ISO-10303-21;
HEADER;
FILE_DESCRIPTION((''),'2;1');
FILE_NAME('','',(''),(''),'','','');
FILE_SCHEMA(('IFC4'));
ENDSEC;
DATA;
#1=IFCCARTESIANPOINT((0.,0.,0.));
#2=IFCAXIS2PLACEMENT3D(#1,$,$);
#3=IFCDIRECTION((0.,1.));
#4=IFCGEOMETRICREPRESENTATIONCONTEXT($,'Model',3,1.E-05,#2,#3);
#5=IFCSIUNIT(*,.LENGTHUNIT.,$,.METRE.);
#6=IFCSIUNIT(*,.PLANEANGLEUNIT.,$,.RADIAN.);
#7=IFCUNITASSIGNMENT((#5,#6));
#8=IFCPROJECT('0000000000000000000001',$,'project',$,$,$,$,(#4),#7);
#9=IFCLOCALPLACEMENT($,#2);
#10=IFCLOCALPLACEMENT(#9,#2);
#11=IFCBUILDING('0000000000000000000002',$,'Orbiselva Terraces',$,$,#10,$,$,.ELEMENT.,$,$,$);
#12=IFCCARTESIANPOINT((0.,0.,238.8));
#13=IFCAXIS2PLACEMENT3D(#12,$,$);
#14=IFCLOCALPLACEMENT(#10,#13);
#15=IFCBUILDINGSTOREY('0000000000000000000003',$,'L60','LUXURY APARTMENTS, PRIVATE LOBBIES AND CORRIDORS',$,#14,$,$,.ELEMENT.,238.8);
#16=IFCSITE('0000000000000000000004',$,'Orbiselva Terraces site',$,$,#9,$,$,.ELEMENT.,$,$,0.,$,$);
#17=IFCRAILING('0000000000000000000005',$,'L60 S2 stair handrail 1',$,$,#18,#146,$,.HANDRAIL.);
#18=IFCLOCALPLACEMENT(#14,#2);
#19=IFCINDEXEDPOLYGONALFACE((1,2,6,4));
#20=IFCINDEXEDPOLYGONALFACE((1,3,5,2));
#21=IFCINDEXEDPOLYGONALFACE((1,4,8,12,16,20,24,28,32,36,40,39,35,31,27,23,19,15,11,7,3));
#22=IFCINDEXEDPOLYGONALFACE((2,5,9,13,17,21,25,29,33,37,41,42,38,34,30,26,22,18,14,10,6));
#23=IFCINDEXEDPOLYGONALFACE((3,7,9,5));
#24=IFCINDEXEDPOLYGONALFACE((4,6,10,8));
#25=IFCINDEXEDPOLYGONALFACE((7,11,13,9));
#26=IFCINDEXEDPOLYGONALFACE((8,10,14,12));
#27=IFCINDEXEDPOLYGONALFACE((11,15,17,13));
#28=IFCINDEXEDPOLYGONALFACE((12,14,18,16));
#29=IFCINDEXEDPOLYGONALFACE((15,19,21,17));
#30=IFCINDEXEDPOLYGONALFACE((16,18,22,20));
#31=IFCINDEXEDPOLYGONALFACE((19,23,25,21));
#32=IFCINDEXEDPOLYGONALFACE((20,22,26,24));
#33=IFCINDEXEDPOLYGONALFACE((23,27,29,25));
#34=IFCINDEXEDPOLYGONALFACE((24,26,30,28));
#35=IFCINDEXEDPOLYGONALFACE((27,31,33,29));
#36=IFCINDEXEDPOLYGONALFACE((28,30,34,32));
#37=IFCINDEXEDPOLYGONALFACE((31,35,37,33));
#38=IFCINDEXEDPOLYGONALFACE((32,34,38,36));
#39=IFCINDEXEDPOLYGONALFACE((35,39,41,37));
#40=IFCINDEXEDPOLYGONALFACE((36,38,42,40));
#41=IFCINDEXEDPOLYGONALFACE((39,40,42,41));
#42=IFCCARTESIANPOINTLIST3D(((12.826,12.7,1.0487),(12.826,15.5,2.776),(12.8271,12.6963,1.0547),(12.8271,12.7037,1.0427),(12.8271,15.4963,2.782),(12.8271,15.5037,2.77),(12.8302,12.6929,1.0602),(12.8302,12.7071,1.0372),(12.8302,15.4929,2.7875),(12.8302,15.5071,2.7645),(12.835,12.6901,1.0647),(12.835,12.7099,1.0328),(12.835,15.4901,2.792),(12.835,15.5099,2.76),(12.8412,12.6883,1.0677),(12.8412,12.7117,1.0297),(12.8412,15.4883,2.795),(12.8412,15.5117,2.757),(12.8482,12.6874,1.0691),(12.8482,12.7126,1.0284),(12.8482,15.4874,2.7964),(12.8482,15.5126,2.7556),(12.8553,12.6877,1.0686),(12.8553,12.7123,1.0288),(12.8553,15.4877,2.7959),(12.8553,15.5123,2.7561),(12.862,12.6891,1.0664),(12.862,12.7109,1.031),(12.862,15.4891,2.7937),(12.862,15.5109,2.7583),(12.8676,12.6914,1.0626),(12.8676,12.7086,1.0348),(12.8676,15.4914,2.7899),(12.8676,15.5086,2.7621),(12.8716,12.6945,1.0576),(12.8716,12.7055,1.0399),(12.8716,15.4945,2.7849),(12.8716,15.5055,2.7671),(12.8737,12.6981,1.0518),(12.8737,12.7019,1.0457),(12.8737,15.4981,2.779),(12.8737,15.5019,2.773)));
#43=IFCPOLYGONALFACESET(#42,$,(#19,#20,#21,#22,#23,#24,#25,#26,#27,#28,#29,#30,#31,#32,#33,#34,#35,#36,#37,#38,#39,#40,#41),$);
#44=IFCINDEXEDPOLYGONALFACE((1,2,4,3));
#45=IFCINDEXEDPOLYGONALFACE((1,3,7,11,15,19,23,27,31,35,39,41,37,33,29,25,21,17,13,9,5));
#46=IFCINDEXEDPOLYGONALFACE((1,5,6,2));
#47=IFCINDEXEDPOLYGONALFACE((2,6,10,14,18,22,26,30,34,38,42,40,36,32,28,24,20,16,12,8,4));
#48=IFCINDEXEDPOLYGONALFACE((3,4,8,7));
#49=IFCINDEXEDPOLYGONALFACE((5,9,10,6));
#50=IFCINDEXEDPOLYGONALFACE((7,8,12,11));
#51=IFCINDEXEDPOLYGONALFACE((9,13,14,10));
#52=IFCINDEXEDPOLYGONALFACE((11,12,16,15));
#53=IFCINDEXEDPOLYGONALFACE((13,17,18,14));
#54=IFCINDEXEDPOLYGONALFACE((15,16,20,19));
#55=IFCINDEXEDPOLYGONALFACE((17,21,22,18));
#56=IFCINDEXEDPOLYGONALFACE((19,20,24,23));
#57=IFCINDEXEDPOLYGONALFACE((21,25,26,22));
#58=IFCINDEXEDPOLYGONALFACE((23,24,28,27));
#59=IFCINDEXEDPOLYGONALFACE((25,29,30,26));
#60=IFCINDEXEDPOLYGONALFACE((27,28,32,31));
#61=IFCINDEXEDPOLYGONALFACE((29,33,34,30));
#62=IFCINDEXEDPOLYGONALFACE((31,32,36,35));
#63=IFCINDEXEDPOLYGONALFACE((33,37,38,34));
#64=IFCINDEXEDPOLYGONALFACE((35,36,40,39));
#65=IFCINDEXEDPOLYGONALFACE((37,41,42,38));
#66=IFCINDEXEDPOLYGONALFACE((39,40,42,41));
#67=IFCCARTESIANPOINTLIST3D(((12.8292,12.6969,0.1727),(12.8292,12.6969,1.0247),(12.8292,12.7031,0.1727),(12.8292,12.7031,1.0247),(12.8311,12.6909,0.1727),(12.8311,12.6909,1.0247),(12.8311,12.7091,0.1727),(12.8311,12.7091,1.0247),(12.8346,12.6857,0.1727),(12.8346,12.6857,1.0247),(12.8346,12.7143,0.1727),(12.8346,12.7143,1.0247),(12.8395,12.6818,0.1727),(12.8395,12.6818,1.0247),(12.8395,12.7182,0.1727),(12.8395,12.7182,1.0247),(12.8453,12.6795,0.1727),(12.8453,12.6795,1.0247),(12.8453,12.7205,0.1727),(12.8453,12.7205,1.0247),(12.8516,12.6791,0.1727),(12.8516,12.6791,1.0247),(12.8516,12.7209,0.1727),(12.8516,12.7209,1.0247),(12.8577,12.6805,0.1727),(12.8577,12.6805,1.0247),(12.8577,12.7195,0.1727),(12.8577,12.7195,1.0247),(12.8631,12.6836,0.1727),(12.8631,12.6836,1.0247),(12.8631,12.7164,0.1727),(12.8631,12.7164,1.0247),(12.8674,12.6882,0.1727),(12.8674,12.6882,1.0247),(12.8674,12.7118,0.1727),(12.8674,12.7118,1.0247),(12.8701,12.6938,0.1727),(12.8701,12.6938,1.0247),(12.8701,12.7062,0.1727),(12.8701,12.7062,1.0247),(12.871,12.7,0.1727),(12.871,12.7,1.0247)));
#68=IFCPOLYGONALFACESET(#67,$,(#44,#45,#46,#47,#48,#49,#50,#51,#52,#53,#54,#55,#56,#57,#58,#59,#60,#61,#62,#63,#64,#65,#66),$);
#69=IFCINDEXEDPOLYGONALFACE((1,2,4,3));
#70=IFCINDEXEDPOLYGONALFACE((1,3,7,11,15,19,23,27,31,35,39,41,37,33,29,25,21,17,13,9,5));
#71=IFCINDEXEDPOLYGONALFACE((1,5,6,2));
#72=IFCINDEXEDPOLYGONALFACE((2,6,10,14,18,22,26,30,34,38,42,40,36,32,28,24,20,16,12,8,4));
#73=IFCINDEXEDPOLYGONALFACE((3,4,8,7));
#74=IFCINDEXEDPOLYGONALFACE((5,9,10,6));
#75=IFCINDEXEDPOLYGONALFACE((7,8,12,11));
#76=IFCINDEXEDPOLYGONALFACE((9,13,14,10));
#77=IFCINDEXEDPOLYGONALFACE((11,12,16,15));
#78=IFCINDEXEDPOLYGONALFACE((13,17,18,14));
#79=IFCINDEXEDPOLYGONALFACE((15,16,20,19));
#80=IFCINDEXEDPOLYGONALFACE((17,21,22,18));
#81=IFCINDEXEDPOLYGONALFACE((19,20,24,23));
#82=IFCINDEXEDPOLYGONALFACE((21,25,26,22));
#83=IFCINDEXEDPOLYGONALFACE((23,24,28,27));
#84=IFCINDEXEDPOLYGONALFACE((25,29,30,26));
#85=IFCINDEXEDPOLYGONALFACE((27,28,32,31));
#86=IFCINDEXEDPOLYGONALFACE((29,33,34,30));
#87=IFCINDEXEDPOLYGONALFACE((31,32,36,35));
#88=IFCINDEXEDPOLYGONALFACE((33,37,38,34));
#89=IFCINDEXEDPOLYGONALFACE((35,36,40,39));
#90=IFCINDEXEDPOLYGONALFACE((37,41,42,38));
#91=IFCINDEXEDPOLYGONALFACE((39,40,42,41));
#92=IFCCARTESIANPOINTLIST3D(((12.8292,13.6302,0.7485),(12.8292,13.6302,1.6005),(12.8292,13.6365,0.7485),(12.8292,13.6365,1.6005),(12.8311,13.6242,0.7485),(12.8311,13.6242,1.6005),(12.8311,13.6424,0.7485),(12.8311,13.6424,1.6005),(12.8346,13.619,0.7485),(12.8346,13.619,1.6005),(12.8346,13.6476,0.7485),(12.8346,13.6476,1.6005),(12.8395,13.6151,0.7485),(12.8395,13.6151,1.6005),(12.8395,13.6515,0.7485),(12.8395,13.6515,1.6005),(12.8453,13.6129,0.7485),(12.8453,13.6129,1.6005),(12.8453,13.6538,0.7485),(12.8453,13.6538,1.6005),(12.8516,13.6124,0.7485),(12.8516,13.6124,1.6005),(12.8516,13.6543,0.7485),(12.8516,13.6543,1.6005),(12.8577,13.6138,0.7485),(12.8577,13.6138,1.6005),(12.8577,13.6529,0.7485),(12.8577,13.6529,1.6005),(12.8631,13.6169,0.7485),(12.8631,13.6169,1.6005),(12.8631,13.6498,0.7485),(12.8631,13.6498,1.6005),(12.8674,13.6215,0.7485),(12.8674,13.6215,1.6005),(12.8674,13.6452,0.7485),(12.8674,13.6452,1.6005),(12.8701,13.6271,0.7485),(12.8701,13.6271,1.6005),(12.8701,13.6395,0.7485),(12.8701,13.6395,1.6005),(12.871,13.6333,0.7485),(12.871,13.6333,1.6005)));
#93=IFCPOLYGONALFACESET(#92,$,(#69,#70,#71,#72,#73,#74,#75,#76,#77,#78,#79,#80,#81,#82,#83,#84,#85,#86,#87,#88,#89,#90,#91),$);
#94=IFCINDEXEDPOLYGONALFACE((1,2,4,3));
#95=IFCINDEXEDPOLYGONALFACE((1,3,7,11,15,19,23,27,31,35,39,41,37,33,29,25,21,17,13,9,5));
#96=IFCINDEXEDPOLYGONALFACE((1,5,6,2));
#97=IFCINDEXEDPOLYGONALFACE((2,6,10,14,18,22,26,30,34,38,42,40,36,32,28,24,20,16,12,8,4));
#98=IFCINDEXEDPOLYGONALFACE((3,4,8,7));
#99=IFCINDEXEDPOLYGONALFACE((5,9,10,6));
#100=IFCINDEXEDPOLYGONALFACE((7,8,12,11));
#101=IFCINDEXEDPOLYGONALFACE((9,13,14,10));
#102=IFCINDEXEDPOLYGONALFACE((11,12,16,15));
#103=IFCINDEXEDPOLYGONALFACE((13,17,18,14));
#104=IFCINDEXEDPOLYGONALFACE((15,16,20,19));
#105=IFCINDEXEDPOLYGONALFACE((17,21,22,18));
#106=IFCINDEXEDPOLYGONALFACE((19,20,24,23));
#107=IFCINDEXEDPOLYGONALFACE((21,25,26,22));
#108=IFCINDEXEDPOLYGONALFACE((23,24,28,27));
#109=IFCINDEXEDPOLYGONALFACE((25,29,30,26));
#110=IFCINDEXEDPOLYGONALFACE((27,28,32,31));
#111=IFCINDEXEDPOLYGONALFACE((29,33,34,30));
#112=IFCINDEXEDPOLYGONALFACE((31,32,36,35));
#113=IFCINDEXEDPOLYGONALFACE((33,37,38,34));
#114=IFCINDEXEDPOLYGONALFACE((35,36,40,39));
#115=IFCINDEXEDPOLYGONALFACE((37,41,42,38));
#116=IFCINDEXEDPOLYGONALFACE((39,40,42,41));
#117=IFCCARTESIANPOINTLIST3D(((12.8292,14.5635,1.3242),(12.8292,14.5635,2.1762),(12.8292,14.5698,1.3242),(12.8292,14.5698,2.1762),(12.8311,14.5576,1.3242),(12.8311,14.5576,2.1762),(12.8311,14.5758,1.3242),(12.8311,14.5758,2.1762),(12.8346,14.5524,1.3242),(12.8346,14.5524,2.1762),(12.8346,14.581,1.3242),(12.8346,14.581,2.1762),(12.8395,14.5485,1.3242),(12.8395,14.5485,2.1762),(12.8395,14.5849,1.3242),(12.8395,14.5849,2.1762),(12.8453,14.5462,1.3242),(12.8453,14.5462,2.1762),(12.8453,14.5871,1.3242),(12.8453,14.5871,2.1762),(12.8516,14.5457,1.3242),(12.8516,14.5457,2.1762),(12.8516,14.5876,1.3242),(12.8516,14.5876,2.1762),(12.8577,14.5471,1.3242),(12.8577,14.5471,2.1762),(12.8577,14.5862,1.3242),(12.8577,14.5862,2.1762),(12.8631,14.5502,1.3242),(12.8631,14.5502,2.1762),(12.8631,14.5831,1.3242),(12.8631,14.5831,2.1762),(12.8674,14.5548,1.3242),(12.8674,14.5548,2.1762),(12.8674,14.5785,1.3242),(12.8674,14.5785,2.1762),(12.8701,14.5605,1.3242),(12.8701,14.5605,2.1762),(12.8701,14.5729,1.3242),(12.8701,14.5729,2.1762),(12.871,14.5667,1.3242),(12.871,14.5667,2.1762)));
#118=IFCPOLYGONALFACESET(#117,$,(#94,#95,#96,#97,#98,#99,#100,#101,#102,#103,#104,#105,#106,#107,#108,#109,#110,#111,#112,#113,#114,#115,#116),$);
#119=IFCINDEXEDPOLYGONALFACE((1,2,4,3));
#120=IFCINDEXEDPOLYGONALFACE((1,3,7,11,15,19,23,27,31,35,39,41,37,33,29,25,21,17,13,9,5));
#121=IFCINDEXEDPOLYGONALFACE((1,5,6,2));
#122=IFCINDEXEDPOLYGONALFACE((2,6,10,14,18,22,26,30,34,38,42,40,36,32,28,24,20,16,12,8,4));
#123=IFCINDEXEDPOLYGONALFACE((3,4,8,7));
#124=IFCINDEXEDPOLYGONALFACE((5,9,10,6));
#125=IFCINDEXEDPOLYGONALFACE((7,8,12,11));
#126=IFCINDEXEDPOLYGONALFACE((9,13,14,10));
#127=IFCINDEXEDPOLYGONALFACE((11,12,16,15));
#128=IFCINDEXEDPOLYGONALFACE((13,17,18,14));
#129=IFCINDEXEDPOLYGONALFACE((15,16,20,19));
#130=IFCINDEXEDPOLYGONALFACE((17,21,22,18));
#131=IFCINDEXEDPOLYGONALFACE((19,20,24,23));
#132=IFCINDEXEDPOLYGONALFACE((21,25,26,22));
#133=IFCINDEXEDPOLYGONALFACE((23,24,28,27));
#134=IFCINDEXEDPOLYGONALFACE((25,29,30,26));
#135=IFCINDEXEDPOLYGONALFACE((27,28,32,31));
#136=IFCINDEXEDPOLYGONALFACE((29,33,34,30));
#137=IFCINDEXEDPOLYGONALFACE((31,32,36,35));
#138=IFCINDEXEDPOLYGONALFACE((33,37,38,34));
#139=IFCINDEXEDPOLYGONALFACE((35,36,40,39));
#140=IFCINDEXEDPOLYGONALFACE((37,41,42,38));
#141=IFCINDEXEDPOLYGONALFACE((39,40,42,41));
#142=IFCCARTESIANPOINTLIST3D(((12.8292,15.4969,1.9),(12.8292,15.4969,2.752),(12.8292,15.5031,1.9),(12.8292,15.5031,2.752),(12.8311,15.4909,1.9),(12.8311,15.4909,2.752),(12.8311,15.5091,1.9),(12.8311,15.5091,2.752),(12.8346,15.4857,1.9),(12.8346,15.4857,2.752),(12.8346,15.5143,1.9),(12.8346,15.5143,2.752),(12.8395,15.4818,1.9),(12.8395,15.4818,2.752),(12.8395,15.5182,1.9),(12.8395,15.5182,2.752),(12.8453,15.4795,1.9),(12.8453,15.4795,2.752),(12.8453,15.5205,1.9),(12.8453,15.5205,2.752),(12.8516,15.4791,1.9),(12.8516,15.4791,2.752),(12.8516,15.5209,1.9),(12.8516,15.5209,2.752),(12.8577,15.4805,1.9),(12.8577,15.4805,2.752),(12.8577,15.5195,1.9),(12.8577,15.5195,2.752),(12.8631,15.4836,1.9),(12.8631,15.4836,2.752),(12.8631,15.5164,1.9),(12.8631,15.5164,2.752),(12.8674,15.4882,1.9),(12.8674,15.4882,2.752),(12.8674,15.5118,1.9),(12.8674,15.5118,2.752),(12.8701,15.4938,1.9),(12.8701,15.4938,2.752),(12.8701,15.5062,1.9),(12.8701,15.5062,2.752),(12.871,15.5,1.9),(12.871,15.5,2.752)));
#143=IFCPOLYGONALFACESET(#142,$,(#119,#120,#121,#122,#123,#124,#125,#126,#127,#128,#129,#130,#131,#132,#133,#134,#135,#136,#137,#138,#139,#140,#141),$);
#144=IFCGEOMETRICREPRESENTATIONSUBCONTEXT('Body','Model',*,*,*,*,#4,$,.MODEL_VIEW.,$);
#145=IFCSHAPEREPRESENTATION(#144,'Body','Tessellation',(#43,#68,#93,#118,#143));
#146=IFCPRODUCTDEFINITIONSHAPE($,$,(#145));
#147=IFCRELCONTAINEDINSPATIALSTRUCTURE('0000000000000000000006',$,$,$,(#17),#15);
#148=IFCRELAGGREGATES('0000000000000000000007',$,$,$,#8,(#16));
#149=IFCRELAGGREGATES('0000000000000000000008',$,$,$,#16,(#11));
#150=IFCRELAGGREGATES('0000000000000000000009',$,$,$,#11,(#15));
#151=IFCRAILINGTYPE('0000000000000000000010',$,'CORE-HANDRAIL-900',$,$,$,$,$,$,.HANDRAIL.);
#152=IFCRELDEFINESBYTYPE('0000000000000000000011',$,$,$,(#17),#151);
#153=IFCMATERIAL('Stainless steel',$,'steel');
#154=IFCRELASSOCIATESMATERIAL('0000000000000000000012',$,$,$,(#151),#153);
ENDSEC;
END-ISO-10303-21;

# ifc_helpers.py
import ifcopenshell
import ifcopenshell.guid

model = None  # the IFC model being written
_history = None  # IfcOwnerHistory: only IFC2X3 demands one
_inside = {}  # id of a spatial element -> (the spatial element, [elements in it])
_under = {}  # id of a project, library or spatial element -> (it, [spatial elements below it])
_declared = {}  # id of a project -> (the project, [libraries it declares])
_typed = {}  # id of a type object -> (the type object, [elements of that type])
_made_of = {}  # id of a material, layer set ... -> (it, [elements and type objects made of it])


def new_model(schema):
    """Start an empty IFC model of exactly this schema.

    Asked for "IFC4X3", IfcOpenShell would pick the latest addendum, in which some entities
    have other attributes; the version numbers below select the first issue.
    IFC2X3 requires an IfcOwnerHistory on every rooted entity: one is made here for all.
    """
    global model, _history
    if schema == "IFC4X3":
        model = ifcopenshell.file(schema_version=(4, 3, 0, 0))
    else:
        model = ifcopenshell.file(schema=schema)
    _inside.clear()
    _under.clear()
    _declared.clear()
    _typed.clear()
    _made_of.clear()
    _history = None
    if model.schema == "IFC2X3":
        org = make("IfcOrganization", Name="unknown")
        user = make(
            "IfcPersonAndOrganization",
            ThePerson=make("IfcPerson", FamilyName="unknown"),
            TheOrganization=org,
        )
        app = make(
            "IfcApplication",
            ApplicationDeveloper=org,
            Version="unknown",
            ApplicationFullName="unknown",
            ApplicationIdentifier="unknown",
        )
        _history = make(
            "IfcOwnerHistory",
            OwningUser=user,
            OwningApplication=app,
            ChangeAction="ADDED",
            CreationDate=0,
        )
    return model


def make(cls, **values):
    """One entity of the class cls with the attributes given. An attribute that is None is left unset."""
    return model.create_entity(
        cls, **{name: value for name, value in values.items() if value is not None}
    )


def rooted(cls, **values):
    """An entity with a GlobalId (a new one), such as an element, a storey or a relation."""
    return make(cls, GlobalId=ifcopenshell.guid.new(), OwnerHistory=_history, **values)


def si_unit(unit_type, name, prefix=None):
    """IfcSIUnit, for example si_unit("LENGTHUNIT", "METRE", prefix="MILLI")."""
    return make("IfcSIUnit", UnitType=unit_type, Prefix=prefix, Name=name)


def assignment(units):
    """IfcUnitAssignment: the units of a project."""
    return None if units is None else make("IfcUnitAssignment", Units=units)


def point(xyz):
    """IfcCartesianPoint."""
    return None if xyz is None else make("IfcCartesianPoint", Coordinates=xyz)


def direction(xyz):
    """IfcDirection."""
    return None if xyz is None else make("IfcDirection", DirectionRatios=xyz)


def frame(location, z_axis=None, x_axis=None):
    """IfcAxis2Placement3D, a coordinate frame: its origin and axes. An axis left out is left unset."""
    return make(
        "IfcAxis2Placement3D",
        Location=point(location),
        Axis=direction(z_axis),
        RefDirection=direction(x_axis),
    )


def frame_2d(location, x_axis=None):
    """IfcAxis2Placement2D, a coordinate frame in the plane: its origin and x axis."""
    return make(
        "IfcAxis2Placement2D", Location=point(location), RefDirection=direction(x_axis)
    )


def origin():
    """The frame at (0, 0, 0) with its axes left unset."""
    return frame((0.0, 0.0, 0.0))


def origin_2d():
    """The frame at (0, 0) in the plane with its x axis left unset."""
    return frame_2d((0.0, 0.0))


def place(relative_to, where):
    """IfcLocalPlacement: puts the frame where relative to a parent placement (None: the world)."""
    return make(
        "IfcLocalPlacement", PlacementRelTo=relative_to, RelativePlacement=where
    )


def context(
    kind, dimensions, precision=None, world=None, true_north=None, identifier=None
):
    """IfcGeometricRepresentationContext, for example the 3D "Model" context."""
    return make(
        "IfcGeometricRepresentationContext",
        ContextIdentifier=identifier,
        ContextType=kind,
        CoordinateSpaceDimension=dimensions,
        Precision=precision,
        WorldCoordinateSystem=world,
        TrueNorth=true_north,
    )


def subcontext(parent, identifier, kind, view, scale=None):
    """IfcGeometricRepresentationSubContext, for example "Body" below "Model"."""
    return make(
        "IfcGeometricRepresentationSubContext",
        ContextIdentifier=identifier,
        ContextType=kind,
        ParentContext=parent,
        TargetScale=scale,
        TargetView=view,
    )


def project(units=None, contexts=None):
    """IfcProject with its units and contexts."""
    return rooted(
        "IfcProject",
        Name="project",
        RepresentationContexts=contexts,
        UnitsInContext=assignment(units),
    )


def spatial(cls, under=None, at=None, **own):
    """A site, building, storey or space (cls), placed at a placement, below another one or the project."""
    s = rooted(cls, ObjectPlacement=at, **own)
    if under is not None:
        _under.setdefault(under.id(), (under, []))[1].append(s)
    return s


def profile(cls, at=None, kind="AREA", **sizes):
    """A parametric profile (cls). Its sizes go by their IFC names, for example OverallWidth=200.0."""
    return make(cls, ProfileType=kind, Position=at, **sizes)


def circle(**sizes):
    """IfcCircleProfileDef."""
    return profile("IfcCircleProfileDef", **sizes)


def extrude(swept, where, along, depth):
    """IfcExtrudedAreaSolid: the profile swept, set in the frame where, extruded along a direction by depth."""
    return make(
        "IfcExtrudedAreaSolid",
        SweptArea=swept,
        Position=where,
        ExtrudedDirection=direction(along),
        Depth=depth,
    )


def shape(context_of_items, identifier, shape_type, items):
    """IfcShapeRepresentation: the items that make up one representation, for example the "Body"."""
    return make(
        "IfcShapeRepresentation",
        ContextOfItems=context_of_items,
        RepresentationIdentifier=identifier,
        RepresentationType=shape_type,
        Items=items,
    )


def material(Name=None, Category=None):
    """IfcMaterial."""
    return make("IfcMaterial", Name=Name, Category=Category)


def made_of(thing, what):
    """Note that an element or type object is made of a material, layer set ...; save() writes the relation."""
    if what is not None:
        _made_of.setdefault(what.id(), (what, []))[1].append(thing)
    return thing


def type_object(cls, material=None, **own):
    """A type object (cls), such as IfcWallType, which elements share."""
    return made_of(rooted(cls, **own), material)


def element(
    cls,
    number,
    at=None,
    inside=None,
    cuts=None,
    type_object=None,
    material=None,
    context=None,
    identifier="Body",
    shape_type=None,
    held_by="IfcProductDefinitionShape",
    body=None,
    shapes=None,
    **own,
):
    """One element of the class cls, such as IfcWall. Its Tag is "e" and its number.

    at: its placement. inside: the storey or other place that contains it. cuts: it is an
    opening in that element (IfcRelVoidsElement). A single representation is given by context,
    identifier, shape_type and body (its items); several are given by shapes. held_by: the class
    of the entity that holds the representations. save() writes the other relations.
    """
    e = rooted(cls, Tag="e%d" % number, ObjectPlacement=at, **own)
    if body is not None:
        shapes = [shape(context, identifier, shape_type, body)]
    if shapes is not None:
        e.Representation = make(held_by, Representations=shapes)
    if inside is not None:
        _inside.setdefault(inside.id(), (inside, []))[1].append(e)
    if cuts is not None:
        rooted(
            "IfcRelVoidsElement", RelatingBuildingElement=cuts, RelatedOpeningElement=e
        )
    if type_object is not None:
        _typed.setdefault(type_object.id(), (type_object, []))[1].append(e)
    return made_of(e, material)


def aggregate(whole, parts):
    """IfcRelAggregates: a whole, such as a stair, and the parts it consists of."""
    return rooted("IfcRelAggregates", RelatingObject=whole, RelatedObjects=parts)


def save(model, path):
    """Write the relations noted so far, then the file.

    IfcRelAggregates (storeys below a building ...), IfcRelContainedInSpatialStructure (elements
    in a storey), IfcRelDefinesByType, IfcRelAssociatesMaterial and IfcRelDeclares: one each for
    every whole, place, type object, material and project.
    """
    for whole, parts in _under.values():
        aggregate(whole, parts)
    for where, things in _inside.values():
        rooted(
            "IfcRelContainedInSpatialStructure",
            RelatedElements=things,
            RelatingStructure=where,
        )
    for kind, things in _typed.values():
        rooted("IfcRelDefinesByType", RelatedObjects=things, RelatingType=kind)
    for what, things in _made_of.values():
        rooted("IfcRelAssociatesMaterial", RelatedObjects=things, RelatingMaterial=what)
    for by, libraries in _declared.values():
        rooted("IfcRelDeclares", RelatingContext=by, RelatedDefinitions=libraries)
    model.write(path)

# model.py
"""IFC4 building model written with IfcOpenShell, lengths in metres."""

from ifc_helpers import new_model, si_unit, direction, frame, origin, origin_2d, place, context, subcontext, project, spatial, circle, extrude, material, type_object, element, save


model = new_model("IFC4")

# Units and contexts
model_context = context("Model", 3, precision=1e-05, world=origin(), true_north=direction((0.0, 1.0)))
body_context = subcontext(model_context, "Body", "Model", "MODEL_VIEW")
ifc_project = project(units=[si_unit("LENGTHUNIT", "METRE"), si_unit("PLANEANGLEUNIT", "RADIAN")], contexts=[model_context])

# Site, building, storey
site_placement = place(None, origin())
site = spatial("IfcSite", under=ifc_project, at=site_placement, Name="Orbiselva Terraces site", CompositionType="ELEMENT", RefElevation=0.0)
building_placement = place(site_placement, origin())
building = spatial("IfcBuilding", under=site, at=building_placement, Name="Orbiselva Terraces", CompositionType="ELEMENT")
storey_placement = place(building_placement, frame((0.0, 0.0, 238.8)))
storey = spatial("IfcBuildingStorey", under=building, at=storey_placement, Name="L60", Description="LUXURY APARTMENTS, PRIVATE LOBBIES AND CORRIDORS", CompositionType="ELEMENT", Elevation=238.8)

# Railing
ifc_material_1 = material(Name="Stainless steel", Category="steel")
railing_type = type_object("IfcRailingType", Name="CORE-HANDRAIL-900", PredefinedType="HANDRAIL", material=ifc_material_1)
railing_1_placement = place(storey_placement, frame((12.85, 12.7, 0.1727)))
element("IfcRailing", 1, at=railing_1_placement, inside=storey, type_object=railing_type, Name="L60 S2 stair handrail 1", PredefinedType="HANDRAIL", context=body_context, shape_type="SweptSolid", body=[
    extrude(circle(Radius=0.024, at=origin_2d()), frame((0.0, 0.0, 0.876), z_axis=(0.0, 0.851089, 0.525022), x_axis=(-1.0, 0.0, 0.0)), (0.0, 0.0, 1.0), 3.2899),
    extrude(circle(Radius=0.021, at=origin_2d()), origin(), (0.0, 0.0, 1.0), 0.852),
    extrude(circle(Radius=0.021, at=origin_2d()), frame((0.0, 0.9333, 0.5758)), (0.0, 0.0, 1.0), 0.852),
    extrude(circle(Radius=0.021, at=origin_2d()), frame((0.0, 1.8667, 1.1515)), (0.0, 0.0, 1.0), 0.852),
    extrude(circle(Radius=0.021, at=origin_2d()), frame((0.0, 2.8, 1.7273)), (0.0, 0.0, 1.0), 0.852),
])

save(model, "model.ifc")
